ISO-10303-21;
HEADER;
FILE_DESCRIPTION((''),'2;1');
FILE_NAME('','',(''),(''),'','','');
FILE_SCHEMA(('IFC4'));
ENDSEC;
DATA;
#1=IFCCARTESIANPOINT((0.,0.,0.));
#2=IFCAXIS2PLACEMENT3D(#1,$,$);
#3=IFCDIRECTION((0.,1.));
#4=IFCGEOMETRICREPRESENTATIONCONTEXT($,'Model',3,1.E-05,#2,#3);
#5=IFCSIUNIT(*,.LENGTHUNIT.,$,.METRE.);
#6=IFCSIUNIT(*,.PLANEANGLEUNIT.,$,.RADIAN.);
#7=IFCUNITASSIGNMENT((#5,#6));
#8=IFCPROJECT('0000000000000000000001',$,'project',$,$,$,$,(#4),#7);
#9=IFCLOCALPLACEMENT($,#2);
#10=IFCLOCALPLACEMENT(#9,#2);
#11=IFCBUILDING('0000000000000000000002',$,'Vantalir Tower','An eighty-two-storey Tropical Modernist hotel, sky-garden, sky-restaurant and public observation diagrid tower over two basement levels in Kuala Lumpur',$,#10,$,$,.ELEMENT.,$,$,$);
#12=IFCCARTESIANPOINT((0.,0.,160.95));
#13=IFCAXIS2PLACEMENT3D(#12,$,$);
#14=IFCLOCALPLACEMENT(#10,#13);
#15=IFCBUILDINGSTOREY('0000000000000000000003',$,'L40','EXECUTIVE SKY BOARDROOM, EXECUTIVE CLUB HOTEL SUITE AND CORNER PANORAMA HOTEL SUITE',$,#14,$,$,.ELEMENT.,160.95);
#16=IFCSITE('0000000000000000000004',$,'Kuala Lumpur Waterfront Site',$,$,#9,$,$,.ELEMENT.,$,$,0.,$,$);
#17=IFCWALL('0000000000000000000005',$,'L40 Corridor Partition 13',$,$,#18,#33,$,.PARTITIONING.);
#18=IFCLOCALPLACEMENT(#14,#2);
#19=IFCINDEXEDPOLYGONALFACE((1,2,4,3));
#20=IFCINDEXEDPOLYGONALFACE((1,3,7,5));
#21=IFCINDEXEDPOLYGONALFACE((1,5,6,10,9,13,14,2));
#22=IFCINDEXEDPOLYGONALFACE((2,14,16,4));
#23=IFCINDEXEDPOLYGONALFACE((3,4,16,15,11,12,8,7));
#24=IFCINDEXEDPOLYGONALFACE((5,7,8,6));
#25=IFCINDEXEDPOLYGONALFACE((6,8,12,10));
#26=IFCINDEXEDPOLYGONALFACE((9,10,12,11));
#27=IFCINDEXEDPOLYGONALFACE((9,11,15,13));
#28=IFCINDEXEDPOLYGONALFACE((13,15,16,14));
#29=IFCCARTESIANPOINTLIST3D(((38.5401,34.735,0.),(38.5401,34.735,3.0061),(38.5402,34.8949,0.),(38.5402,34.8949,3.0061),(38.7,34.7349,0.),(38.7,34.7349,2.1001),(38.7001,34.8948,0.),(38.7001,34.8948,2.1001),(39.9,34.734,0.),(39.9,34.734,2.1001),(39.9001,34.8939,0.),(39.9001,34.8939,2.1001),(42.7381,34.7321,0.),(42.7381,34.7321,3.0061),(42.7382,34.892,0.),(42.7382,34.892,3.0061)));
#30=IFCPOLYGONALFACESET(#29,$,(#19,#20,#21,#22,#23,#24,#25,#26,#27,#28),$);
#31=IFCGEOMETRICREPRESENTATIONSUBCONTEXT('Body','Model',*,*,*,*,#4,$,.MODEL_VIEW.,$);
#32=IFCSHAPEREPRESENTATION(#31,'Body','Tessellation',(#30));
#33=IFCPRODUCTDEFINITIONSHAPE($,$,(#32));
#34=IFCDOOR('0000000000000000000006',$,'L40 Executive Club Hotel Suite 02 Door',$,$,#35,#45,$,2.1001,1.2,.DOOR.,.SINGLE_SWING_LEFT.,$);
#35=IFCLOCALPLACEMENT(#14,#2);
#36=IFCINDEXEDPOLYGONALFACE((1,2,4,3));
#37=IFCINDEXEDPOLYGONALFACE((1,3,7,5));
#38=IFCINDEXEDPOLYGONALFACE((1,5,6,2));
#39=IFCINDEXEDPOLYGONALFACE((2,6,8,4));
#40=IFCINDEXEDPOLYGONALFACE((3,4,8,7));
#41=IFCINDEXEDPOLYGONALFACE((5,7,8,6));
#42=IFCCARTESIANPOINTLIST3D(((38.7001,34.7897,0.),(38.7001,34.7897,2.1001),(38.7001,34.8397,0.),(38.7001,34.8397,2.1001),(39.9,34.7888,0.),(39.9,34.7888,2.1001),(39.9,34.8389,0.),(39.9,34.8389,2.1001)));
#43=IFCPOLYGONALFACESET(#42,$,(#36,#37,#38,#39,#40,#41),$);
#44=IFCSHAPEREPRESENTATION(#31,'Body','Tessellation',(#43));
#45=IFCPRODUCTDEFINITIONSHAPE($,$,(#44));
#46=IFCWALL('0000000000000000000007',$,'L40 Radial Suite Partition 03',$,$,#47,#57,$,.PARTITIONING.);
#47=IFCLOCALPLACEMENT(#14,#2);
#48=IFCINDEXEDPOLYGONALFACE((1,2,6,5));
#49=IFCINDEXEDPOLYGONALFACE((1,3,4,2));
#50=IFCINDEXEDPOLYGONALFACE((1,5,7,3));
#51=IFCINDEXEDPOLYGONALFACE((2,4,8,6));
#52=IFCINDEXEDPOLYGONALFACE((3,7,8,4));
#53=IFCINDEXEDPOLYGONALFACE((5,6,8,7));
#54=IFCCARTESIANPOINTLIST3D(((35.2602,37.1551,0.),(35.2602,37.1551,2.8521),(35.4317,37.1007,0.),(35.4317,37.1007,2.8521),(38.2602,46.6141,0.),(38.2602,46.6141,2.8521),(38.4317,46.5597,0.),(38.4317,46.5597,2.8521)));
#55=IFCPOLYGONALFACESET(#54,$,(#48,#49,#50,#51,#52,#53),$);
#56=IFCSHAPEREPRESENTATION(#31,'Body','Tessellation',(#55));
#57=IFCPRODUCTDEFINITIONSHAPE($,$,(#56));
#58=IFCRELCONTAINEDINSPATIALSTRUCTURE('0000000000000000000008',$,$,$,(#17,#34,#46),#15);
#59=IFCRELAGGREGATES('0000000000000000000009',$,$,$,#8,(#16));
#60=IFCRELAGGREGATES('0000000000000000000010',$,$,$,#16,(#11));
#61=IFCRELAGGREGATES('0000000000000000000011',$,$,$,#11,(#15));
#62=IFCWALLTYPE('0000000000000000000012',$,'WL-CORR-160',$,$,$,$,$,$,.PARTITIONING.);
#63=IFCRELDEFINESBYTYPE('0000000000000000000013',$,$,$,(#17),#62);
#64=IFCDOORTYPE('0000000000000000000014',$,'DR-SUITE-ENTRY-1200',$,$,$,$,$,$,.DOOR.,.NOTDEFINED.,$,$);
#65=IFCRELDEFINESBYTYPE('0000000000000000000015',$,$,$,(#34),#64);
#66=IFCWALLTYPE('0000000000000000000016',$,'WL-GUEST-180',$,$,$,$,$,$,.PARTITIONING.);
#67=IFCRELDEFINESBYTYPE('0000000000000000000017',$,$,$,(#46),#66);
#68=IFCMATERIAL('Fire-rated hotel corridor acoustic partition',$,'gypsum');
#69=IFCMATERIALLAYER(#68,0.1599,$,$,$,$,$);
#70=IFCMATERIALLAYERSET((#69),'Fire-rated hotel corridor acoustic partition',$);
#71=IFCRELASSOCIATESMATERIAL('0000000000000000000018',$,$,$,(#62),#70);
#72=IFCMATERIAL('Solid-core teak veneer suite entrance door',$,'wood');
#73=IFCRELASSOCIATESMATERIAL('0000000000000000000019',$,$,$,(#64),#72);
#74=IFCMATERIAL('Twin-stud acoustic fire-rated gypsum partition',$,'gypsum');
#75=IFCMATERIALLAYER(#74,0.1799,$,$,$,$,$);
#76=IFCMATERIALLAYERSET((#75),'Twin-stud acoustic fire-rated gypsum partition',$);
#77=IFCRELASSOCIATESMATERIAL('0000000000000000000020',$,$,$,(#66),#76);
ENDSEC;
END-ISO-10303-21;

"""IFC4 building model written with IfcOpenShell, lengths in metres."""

from ifc_helpers import new_model, si_unit, direction, frame, frame_2d, origin, place, context, subcontext, project, spatial, rectangle, extrude, material, layer, layer_set, type_object, element, fill, save


model = new_model("IFC4")

# Units and contexts
model_context = context("Model", 3, precision=1e-05, world=origin(), true_north=direction((0.0, 1.0)))
body_context = subcontext(model_context, "Body", "Model", "MODEL_VIEW")
ifc_project = project(units=[si_unit("LENGTHUNIT", "METRE"), si_unit("PLANEANGLEUNIT", "RADIAN")], contexts=[model_context])

# Site, building, storey
site_placement = place(None, origin())
site = spatial("IfcSite", under=ifc_project, at=site_placement, Name="Kuala Lumpur Waterfront Site", CompositionType="ELEMENT", RefElevation=0.0)
building_placement = place(site_placement, origin())
building = spatial("IfcBuilding", under=site, at=building_placement, Name="Vantalir Tower", Description="An eighty-two-storey Tropical Modernist hotel, sky-garden, sky-restaurant and public observation diagrid tower over two basement levels in Kuala Lumpur", CompositionType="ELEMENT")
storey_placement = place(building_placement, frame((0.0, 0.0, 160.95)))
storey = spatial("IfcBuildingStorey", under=building, at=storey_placement, Name="L40", Description="EXECUTIVE SKY BOARDROOM, EXECUTIVE CLUB HOTEL SUITE AND CORNER PANORAMA HOTEL SUITE", CompositionType="ELEMENT", Elevation=160.95)

# Shared definitions
ifc_material_1 = material(Name="Fire-rated hotel corridor acoustic partition", Category="gypsum")
ifc_layer_1 = layer(ifc_material_1, 0.1599)
ifc_layer_set_1 = layer_set([ifc_layer_1], Name="Fire-rated hotel corridor acoustic partition")
wall_type_1 = type_object("IfcWallType", Name="WL-CORR-160", PredefinedType="PARTITIONING", material=ifc_layer_set_1)

# Wall, opening, door
wall_1_placement = place(storey_placement, frame((38.54, 34.8149, 0.0), z_axis=(0.0, 0.0, 1.0), x_axis=(1.0, -0.000698, 0.0)))
wall_1 = element("IfcWall", 1, at=wall_1_placement, inside=storey, type_object=wall_type_1, Name="L40 Corridor Partition 13", PredefinedType="PARTITIONING", context=body_context, shape_type="SweptSolid", body=[
    extrude(rectangle(XDim=4.198, YDim=0.1599, at=frame_2d((2.0991, 0.0))), origin(), (0.0, 0.0, 1.0), 3.0061),
])
opening_placement = place(wall_1_placement, frame((0.1599, 0.0, 0.0)))
opening = element("IfcOpeningElement", 2, at=opening_placement, cuts=wall_1, PredefinedType="OPENING", context=body_context, shape_type="SweptSolid", body=[
    extrude(rectangle(XDim=1.2, YDim=2.1001, at=frame_2d((0.6001, 1.05))), frame((0.0, 0.0898, 0.0), z_axis=(0.0, -1.0, 0.0), x_axis=(1.0, 0.0, 0.0)), (0.0, 0.0, 1.0), 0.1799),
])
ifc_material_2 = material(Name="Solid-core teak veneer suite entrance door", Category="wood")
door_type = type_object("IfcDoorType", Name="DR-SUITE-ENTRY-1200", OperationType="NOTDEFINED", PredefinedType="DOOR", material=ifc_material_2)
door_placement = place(opening_placement, origin())
door = element("IfcDoor", 3, at=door_placement, inside=storey, type_object=door_type, Name="L40 Executive Club Hotel Suite 02 Door", OperationType="SINGLE_SWING_LEFT", OverallHeight=2.1001, OverallWidth=1.2, PredefinedType="DOOR", context=body_context, shape_type="SweptSolid", body=[
    extrude(rectangle(XDim=1.2, YDim=2.1001, at=frame_2d((0.6001, 1.05))), frame((0.0, 0.0249, 0.0), z_axis=(0.0, -1.0, 0.0), x_axis=(1.0, 0.0, 0.0)), (0.0, 0.0, 1.0), 0.05),
])
fill(opening, door)

# Wall
ifc_material_3 = material(Name="Twin-stud acoustic fire-rated gypsum partition", Category="gypsum")
ifc_layer_2 = layer(ifc_material_3, 0.1799)
ifc_layer_set_2 = layer_set([ifc_layer_2], Name="Twin-stud acoustic fire-rated gypsum partition")
wall_type_2 = type_object("IfcWallType", Name="WL-GUEST-180", PredefinedType="PARTITIONING", material=ifc_layer_set_2)
wall_2_placement = place(storey_placement, frame((35.3459, 37.1279, 0.0), z_axis=(0.0, 0.0, 1.0), x_axis=(0.302318, 0.953207, 0.0)))
element("IfcWall", 4, at=wall_2_placement, inside=storey, type_object=wall_type_2, Name="L40 Radial Suite Partition 03", PredefinedType="PARTITIONING", context=body_context, shape_type="SweptSolid", body=[
    extrude(rectangle(XDim=9.9233, YDim=0.1799, at=frame_2d((4.9617, 0.0))), origin(), (0.0, 0.0, 1.0), 2.8521),
])

save(model, "model.ifc")
